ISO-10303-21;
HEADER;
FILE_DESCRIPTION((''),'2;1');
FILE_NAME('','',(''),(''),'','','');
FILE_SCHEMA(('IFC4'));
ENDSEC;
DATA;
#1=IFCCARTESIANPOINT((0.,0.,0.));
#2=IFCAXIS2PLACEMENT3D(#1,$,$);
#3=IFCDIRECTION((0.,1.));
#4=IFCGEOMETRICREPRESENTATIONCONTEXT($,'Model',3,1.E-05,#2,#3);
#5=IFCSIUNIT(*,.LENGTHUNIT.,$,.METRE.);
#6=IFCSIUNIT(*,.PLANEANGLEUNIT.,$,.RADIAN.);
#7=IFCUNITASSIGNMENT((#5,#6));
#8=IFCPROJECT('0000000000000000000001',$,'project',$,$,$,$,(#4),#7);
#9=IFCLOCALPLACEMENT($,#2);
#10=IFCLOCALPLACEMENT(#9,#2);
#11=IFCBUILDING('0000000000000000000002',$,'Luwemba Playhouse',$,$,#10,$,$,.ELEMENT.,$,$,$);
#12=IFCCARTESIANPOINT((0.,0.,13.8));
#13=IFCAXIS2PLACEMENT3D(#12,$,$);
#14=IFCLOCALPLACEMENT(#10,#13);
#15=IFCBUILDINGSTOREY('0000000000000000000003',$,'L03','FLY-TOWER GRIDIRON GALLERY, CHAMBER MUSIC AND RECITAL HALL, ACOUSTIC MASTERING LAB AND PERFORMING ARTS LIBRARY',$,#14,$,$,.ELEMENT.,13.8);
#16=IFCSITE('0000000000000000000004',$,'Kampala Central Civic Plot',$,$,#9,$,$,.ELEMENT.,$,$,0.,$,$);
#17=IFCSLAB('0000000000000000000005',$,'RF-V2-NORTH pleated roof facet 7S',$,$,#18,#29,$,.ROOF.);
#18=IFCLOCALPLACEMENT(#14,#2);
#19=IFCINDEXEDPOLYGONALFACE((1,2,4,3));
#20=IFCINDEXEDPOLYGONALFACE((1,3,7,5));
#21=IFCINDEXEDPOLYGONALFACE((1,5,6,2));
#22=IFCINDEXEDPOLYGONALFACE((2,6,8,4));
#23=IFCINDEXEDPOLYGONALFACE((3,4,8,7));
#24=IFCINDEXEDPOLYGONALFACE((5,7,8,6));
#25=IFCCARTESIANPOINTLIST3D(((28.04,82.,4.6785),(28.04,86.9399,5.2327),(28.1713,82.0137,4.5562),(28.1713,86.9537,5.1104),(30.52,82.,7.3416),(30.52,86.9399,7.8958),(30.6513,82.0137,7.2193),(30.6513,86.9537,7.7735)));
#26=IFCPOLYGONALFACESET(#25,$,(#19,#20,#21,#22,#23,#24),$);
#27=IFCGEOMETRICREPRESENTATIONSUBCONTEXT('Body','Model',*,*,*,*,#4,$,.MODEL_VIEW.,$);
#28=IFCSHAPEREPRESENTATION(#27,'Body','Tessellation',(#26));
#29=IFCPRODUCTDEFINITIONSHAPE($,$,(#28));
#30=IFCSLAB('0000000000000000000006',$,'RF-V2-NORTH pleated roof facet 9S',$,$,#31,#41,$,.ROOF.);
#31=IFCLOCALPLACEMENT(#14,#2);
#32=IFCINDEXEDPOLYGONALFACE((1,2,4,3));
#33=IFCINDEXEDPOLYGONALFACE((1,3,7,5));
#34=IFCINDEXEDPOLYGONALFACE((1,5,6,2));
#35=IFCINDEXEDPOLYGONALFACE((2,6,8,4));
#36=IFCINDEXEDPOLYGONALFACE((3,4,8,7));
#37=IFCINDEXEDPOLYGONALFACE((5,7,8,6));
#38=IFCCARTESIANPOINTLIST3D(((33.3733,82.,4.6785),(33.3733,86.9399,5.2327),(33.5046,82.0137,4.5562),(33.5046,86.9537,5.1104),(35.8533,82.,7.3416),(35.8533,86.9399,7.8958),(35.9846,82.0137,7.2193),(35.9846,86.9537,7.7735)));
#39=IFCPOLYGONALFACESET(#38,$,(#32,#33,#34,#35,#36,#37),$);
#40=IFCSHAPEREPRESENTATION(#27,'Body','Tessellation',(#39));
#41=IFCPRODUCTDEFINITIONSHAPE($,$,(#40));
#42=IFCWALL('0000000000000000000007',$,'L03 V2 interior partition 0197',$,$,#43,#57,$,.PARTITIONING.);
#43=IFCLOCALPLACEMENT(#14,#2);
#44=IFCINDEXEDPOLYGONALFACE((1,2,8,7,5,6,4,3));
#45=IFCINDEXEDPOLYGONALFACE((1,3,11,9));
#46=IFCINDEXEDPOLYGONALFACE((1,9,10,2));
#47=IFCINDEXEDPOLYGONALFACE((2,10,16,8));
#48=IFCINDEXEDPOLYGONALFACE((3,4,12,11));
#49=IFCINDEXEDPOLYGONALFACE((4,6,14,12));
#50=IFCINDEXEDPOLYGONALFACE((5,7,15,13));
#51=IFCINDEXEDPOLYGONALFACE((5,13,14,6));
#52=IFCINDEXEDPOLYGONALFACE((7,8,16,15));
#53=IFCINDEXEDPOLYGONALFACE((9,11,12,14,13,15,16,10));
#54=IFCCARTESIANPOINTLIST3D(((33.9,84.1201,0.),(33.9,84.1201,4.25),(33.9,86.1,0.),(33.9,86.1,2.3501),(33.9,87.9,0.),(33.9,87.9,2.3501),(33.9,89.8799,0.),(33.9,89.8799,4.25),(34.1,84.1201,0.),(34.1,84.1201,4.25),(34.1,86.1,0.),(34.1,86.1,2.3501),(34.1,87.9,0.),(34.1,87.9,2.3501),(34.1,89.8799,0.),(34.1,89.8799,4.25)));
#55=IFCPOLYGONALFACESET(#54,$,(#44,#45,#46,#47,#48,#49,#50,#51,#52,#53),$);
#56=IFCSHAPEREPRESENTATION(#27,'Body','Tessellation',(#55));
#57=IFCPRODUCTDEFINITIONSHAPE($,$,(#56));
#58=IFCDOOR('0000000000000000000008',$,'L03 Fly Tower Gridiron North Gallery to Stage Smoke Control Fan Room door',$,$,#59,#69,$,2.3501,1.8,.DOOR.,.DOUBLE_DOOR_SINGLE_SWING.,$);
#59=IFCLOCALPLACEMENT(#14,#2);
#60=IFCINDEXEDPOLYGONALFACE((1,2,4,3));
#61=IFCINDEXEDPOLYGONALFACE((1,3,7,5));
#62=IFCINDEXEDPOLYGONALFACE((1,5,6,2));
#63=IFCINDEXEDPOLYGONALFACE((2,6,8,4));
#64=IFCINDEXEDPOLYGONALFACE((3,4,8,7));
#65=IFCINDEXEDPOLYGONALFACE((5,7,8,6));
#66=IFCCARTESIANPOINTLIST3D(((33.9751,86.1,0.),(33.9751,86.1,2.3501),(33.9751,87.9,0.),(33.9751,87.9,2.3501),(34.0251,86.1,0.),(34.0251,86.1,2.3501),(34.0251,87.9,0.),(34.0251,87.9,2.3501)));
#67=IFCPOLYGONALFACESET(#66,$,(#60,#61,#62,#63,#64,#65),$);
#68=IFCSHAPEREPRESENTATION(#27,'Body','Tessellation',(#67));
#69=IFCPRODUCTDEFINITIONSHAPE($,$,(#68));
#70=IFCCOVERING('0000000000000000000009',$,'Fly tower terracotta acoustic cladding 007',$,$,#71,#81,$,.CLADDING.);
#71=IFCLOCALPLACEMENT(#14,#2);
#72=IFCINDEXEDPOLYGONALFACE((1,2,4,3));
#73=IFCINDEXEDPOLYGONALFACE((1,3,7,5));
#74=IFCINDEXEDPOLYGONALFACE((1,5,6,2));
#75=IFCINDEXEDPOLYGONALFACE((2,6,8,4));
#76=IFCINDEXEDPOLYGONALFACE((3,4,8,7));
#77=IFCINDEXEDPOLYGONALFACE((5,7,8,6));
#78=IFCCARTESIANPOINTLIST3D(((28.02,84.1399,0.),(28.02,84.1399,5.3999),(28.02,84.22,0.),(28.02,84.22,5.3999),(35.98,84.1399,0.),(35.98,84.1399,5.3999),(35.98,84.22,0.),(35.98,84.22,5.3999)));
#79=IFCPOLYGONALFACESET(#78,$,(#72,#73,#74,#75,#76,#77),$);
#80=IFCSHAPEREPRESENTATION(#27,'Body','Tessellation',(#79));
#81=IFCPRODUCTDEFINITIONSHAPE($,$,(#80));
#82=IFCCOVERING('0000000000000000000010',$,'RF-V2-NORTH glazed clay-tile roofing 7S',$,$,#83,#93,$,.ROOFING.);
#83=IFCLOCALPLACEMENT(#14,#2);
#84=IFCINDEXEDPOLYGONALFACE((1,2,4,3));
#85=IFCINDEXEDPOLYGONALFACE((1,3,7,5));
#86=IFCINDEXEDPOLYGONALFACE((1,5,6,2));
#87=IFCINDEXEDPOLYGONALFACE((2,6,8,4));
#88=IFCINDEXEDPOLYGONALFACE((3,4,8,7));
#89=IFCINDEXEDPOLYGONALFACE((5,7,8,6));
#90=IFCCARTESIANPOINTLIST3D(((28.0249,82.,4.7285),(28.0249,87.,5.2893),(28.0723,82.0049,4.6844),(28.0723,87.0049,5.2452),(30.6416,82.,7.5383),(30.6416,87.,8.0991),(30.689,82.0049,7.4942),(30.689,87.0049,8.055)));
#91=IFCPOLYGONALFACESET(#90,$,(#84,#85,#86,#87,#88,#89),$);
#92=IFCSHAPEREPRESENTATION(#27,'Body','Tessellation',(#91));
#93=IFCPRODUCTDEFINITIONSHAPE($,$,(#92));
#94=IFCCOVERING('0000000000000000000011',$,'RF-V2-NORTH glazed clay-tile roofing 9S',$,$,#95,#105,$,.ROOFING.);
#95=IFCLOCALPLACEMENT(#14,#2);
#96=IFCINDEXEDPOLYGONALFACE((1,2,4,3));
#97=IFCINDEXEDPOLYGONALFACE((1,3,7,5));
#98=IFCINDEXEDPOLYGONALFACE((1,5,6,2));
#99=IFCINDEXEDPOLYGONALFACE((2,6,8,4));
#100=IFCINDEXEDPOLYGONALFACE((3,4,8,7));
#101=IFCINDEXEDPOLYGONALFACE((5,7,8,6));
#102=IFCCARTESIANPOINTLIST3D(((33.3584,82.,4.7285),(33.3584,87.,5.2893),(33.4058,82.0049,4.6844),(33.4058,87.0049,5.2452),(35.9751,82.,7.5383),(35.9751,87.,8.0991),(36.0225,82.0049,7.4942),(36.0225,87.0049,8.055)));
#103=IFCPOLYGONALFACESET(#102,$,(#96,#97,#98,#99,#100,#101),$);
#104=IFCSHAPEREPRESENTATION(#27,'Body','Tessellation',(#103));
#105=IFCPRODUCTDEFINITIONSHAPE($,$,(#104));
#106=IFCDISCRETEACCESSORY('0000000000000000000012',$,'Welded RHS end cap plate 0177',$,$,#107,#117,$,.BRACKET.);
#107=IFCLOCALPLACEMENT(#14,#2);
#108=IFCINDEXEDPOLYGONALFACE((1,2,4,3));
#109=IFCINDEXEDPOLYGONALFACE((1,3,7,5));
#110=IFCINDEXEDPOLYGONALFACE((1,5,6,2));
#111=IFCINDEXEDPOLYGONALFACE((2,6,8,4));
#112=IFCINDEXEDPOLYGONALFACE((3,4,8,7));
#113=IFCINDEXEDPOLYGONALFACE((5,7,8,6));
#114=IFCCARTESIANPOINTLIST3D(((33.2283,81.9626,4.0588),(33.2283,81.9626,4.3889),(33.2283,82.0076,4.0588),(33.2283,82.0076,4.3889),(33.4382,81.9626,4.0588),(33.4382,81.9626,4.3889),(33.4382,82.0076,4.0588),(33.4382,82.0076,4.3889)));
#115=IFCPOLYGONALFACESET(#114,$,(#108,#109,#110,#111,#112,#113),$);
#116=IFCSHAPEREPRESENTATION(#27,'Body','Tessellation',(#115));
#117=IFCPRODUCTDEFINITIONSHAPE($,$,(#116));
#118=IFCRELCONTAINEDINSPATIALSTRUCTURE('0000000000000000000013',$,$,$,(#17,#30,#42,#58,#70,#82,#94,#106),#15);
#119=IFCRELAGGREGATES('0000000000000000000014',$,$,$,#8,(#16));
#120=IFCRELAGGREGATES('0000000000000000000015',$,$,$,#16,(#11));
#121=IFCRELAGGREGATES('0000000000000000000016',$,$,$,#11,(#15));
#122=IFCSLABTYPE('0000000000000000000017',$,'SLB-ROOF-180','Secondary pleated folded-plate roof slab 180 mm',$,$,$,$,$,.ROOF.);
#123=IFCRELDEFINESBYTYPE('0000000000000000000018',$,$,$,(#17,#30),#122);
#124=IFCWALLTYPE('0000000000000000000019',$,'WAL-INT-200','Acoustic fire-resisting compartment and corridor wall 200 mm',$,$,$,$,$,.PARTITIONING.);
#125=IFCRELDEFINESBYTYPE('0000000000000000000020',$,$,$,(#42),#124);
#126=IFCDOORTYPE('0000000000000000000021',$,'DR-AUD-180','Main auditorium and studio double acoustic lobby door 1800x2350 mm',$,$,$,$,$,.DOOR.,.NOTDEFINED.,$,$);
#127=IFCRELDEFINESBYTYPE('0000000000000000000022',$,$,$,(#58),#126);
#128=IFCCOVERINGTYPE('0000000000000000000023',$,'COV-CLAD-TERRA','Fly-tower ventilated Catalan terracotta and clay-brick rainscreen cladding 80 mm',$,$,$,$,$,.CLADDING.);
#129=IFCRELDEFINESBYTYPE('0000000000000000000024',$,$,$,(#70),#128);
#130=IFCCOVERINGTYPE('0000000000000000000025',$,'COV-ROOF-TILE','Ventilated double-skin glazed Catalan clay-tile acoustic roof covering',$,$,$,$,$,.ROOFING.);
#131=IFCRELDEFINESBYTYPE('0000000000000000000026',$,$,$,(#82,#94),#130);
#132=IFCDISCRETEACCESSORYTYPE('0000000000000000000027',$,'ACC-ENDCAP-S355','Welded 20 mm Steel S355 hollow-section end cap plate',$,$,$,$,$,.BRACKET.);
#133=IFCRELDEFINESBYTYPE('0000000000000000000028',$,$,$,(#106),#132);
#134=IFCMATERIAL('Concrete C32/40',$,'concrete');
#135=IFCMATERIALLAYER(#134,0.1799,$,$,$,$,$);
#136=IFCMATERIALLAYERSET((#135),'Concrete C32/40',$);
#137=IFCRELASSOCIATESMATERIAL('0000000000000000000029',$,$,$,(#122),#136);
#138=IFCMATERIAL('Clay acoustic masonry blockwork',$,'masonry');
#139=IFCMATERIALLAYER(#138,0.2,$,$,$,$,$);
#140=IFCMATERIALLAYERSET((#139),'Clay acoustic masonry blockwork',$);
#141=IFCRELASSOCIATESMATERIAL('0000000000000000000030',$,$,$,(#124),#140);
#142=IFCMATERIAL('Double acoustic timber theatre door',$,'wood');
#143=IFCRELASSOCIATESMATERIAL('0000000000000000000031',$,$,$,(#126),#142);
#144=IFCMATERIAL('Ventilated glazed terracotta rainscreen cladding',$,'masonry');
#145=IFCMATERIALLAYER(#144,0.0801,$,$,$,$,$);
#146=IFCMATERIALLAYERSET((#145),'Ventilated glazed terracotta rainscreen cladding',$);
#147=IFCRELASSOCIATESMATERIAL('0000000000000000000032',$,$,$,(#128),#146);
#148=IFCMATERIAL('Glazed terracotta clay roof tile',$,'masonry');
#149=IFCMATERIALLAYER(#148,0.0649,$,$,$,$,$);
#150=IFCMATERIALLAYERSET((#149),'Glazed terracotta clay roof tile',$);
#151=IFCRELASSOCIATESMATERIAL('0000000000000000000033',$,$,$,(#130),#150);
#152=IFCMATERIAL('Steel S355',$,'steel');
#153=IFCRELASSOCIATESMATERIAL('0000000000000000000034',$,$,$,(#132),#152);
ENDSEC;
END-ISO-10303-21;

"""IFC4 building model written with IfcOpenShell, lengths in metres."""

from ifc_helpers import new_model, si_unit, direction, frame, frame_2d, origin, origin_2d, place, context, subcontext, project, spatial, polyline, rectangle, outline, extrude, material, layer, layer_set, type_object, element, fill, save


model = new_model("IFC4")

# Units and contexts
model_context = context("Model", 3, precision=1e-05, world=origin(), true_north=direction((0.0, 1.0)))
body_context = subcontext(model_context, "Body", "Model", "MODEL_VIEW")
ifc_project = project(units=[si_unit("LENGTHUNIT", "METRE"), si_unit("PLANEANGLEUNIT", "RADIAN")], contexts=[model_context])

# Site, building, storey
site_placement = place(None, origin())
site = spatial("IfcSite", under=ifc_project, at=site_placement, Name="Kampala Central Civic Plot", CompositionType="ELEMENT", RefElevation=0.0)
building_placement = place(site_placement, origin())
building = spatial("IfcBuilding", under=site, at=building_placement, Name="Luwemba Playhouse", CompositionType="ELEMENT")
storey_placement = place(building_placement, frame((0.0, 0.0, 13.8)))
storey = spatial("IfcBuildingStorey", under=building, at=storey_placement, Name="L03", Description="FLY-TOWER GRIDIRON GALLERY, CHAMBER MUSIC AND RECITAL HALL, ACOUSTIC MASTERING LAB AND PERFORMING ARTS LIBRARY", CompositionType="ELEMENT", Elevation=13.8)

# Shared definitions
ifc_material_1 = material(Name="Steel S355", Category="steel")

# Slabs
ifc_material_2 = material(Name="Concrete C32/40", Category="concrete")
ifc_layer_1 = layer(ifc_material_2, 0.1799)
ifc_layer_set_1 = layer_set([ifc_layer_1], Name="Concrete C32/40")
slab_type = type_object("IfcSlabType", Name="SLB-ROOF-180", Description="Secondary pleated folded-plate roof slab 180 mm", PredefinedType="ROOF", material=ifc_layer_set_1)
for number, where, z_axis, x_axis, name in (
    (1, (28.04, 82.0, 4.6785), (-0.729688, -0.076233, 0.679517), (0.6815, 0.0, 0.731818), "RF-V2-NORTH pleated roof facet 7S"),
    (2, (33.3733, 82.0, 4.6785), (-0.729688, -0.076233, 0.679517), (0.6815, 0.0, 0.731818), "RF-V2-NORTH pleated roof facet 9S"),
):
    element("IfcSlab", number, at=place(storey_placement, frame(where, z_axis=z_axis, x_axis=x_axis)), inside=storey, type_object=slab_type, Name=name, PredefinedType="ROOF", context=body_context, shape_type="SweptSolid", body=[
        extrude(outline(polyline([(0.0, 0.0), (3.639, 0.0), (4.0446, 4.9544), (0.4056, 4.9544), (0.0, 0.0)])), origin(), (0.0, 0.0, -1.0), 0.1799),
    ])

# Wall, opening, door
ifc_material_3 = material(Name="Clay acoustic masonry blockwork", Category="masonry")
ifc_layer_2 = layer(ifc_material_3, 0.2)
ifc_layer_set_2 = layer_set([ifc_layer_2], Name="Clay acoustic masonry blockwork")
wall_type = type_object("IfcWallType", Name="WAL-INT-200", Description="Acoustic fire-resisting compartment and corridor wall 200 mm", PredefinedType="PARTITIONING", material=ifc_layer_set_2)
wall_placement = place(storey_placement, frame((34.0, 84.1201, 0.0), z_axis=(0.0, 0.0, 1.0), x_axis=(0.0, 1.0, 0.0)))
wall = element("IfcWall", 3, at=wall_placement, inside=storey, type_object=wall_type, Name="L03 V2 interior partition 0197", PredefinedType="PARTITIONING", context=body_context, shape_type="SweptSolid", body=[
    extrude(rectangle(XDim=5.7598, YDim=0.2, at=frame_2d((2.8799, 0.0))), origin(), (0.0, 0.0, 1.0), 4.25),
])
opening_placement = place(wall_placement, frame((1.98, 0.0, 0.0)))
opening = element("IfcOpeningElement", 4, at=opening_placement, cuts=wall, PredefinedType="OPENING", context=body_context, shape_type="SweptSolid", body=[
    extrude(rectangle(XDim=1.8, YDim=2.3501, at=frame_2d((0.8999, 1.175))), frame((0.0, 0.1099, 0.0), z_axis=(0.0, -1.0, 0.0), x_axis=(1.0, 0.0, 0.0)), (0.0, 0.0, 1.0), 0.22),
])
ifc_material_4 = material(Name="Double acoustic timber theatre door", Category="wood")
door_type = type_object("IfcDoorType", Name="DR-AUD-180", Description="Main auditorium and studio double acoustic lobby door 1800x2350 mm", OperationType="NOTDEFINED", PredefinedType="DOOR", material=ifc_material_4)
door_placement = place(opening_placement, origin())
door = element("IfcDoor", 5, at=door_placement, inside=storey, type_object=door_type, Name="L03 Fly Tower Gridiron North Gallery to Stage Smoke Control Fan Room door", OperationType="DOUBLE_DOOR_SINGLE_SWING", OverallHeight=2.3501, OverallWidth=1.8, PredefinedType="DOOR", context=body_context, shape_type="SweptSolid", body=[
    extrude(rectangle(XDim=1.8, YDim=2.3501, at=frame_2d((0.8999, 1.175))), frame((0.0, 0.0249, 0.0), z_axis=(0.0, -1.0, 0.0), x_axis=(1.0, 0.0, 0.0)), (0.0, 0.0, 1.0), 0.05),
])
fill(opening, door)

# Coverings
ifc_material_5 = material(Name="Ventilated glazed terracotta rainscreen cladding", Category="masonry")
ifc_layer_3 = layer(ifc_material_5, 0.0801)
ifc_layer_set_3 = layer_set([ifc_layer_3], Name="Ventilated glazed terracotta rainscreen cladding")
covering_type_1 = type_object("IfcCoveringType", Name="COV-CLAD-TERRA", Description="Fly-tower ventilated Catalan terracotta and clay-brick rainscreen cladding 80 mm", PredefinedType="CLADDING", material=ifc_layer_set_3)
covering_placement = place(storey_placement, frame((32.0, 84.1799, 0.0), z_axis=(0.0, 0.0, 1.0), x_axis=(1.0, 0.0, 0.0)))
element("IfcCovering", 6, at=covering_placement, inside=storey, type_object=covering_type_1, Name="Fly tower terracotta acoustic cladding 007", PredefinedType="CLADDING", context=body_context, shape_type="SweptSolid", body=[
    extrude(rectangle(XDim=7.96, YDim=0.0801, at=origin_2d()), origin(), (0.0, 0.0, 1.0), 5.3999),
])
ifc_material_6 = material(Name="Glazed terracotta clay roof tile", Category="masonry")
ifc_layer_4 = layer(ifc_material_6, 0.0649)
ifc_layer_set_4 = layer_set([ifc_layer_4], Name="Glazed terracotta clay roof tile")
covering_type_2 = type_object("IfcCoveringType", Name="COV-ROOF-TILE", Description="Ventilated double-skin glazed Catalan clay-tile acoustic roof covering", PredefinedType="ROOFING", material=ifc_layer_set_4)
for number, where, z_axis, x_axis, name in (
    (7, (28.0249, 82.0, 4.7285), (-0.729679, -0.076215, 0.679529), (0.681511, 0.0, 0.731808), "RF-V2-NORTH glazed clay-tile roofing 7S"),
    (8, (33.3584, 82.0, 4.7285), (-0.729679, -0.076215, 0.679529), (0.681511, 0.0, 0.731808), "RF-V2-NORTH glazed clay-tile roofing 9S"),
):
    element("IfcCovering", number, at=place(storey_placement, frame(where, z_axis=z_axis, x_axis=x_axis)), inside=storey, type_object=covering_type_2, Name=name, PredefinedType="ROOFING", context=body_context, shape_type="SweptSolid", body=[
        extrude(outline(polyline([(0.0, 0.0), (3.8396, 0.0), (4.2499, 5.0146), (0.4104, 5.0146), (0.0, 0.0)])), origin(), (0.0, 0.0, -1.0), 0.0649),
    ])

# Discrete accessory
discrete_accessory_type = type_object("IfcDiscreteAccessoryType", Name="ACC-ENDCAP-S355", Description="Welded 20 mm Steel S355 hollow-section end cap plate", PredefinedType="BRACKET", material=ifc_material_1)
discrete_accessory_placement = place(storey_placement, frame((33.3333, 81.9851, 4.0588), z_axis=(0.0, 0.0, 1.0), x_axis=(1.0, 0.0, 0.0)))
element("IfcDiscreteAccessory", 9, at=discrete_accessory_placement, inside=storey, type_object=discrete_accessory_type, Name="Welded RHS end cap plate 0177", PredefinedType="BRACKET", context=body_context, shape_type="SweptSolid", body=[
    extrude(rectangle(XDim=0.21, YDim=0.0449, at=origin_2d()), origin(), (0.0, 0.0, 1.0), 0.3301),
])

save(model, "model.ifc")
